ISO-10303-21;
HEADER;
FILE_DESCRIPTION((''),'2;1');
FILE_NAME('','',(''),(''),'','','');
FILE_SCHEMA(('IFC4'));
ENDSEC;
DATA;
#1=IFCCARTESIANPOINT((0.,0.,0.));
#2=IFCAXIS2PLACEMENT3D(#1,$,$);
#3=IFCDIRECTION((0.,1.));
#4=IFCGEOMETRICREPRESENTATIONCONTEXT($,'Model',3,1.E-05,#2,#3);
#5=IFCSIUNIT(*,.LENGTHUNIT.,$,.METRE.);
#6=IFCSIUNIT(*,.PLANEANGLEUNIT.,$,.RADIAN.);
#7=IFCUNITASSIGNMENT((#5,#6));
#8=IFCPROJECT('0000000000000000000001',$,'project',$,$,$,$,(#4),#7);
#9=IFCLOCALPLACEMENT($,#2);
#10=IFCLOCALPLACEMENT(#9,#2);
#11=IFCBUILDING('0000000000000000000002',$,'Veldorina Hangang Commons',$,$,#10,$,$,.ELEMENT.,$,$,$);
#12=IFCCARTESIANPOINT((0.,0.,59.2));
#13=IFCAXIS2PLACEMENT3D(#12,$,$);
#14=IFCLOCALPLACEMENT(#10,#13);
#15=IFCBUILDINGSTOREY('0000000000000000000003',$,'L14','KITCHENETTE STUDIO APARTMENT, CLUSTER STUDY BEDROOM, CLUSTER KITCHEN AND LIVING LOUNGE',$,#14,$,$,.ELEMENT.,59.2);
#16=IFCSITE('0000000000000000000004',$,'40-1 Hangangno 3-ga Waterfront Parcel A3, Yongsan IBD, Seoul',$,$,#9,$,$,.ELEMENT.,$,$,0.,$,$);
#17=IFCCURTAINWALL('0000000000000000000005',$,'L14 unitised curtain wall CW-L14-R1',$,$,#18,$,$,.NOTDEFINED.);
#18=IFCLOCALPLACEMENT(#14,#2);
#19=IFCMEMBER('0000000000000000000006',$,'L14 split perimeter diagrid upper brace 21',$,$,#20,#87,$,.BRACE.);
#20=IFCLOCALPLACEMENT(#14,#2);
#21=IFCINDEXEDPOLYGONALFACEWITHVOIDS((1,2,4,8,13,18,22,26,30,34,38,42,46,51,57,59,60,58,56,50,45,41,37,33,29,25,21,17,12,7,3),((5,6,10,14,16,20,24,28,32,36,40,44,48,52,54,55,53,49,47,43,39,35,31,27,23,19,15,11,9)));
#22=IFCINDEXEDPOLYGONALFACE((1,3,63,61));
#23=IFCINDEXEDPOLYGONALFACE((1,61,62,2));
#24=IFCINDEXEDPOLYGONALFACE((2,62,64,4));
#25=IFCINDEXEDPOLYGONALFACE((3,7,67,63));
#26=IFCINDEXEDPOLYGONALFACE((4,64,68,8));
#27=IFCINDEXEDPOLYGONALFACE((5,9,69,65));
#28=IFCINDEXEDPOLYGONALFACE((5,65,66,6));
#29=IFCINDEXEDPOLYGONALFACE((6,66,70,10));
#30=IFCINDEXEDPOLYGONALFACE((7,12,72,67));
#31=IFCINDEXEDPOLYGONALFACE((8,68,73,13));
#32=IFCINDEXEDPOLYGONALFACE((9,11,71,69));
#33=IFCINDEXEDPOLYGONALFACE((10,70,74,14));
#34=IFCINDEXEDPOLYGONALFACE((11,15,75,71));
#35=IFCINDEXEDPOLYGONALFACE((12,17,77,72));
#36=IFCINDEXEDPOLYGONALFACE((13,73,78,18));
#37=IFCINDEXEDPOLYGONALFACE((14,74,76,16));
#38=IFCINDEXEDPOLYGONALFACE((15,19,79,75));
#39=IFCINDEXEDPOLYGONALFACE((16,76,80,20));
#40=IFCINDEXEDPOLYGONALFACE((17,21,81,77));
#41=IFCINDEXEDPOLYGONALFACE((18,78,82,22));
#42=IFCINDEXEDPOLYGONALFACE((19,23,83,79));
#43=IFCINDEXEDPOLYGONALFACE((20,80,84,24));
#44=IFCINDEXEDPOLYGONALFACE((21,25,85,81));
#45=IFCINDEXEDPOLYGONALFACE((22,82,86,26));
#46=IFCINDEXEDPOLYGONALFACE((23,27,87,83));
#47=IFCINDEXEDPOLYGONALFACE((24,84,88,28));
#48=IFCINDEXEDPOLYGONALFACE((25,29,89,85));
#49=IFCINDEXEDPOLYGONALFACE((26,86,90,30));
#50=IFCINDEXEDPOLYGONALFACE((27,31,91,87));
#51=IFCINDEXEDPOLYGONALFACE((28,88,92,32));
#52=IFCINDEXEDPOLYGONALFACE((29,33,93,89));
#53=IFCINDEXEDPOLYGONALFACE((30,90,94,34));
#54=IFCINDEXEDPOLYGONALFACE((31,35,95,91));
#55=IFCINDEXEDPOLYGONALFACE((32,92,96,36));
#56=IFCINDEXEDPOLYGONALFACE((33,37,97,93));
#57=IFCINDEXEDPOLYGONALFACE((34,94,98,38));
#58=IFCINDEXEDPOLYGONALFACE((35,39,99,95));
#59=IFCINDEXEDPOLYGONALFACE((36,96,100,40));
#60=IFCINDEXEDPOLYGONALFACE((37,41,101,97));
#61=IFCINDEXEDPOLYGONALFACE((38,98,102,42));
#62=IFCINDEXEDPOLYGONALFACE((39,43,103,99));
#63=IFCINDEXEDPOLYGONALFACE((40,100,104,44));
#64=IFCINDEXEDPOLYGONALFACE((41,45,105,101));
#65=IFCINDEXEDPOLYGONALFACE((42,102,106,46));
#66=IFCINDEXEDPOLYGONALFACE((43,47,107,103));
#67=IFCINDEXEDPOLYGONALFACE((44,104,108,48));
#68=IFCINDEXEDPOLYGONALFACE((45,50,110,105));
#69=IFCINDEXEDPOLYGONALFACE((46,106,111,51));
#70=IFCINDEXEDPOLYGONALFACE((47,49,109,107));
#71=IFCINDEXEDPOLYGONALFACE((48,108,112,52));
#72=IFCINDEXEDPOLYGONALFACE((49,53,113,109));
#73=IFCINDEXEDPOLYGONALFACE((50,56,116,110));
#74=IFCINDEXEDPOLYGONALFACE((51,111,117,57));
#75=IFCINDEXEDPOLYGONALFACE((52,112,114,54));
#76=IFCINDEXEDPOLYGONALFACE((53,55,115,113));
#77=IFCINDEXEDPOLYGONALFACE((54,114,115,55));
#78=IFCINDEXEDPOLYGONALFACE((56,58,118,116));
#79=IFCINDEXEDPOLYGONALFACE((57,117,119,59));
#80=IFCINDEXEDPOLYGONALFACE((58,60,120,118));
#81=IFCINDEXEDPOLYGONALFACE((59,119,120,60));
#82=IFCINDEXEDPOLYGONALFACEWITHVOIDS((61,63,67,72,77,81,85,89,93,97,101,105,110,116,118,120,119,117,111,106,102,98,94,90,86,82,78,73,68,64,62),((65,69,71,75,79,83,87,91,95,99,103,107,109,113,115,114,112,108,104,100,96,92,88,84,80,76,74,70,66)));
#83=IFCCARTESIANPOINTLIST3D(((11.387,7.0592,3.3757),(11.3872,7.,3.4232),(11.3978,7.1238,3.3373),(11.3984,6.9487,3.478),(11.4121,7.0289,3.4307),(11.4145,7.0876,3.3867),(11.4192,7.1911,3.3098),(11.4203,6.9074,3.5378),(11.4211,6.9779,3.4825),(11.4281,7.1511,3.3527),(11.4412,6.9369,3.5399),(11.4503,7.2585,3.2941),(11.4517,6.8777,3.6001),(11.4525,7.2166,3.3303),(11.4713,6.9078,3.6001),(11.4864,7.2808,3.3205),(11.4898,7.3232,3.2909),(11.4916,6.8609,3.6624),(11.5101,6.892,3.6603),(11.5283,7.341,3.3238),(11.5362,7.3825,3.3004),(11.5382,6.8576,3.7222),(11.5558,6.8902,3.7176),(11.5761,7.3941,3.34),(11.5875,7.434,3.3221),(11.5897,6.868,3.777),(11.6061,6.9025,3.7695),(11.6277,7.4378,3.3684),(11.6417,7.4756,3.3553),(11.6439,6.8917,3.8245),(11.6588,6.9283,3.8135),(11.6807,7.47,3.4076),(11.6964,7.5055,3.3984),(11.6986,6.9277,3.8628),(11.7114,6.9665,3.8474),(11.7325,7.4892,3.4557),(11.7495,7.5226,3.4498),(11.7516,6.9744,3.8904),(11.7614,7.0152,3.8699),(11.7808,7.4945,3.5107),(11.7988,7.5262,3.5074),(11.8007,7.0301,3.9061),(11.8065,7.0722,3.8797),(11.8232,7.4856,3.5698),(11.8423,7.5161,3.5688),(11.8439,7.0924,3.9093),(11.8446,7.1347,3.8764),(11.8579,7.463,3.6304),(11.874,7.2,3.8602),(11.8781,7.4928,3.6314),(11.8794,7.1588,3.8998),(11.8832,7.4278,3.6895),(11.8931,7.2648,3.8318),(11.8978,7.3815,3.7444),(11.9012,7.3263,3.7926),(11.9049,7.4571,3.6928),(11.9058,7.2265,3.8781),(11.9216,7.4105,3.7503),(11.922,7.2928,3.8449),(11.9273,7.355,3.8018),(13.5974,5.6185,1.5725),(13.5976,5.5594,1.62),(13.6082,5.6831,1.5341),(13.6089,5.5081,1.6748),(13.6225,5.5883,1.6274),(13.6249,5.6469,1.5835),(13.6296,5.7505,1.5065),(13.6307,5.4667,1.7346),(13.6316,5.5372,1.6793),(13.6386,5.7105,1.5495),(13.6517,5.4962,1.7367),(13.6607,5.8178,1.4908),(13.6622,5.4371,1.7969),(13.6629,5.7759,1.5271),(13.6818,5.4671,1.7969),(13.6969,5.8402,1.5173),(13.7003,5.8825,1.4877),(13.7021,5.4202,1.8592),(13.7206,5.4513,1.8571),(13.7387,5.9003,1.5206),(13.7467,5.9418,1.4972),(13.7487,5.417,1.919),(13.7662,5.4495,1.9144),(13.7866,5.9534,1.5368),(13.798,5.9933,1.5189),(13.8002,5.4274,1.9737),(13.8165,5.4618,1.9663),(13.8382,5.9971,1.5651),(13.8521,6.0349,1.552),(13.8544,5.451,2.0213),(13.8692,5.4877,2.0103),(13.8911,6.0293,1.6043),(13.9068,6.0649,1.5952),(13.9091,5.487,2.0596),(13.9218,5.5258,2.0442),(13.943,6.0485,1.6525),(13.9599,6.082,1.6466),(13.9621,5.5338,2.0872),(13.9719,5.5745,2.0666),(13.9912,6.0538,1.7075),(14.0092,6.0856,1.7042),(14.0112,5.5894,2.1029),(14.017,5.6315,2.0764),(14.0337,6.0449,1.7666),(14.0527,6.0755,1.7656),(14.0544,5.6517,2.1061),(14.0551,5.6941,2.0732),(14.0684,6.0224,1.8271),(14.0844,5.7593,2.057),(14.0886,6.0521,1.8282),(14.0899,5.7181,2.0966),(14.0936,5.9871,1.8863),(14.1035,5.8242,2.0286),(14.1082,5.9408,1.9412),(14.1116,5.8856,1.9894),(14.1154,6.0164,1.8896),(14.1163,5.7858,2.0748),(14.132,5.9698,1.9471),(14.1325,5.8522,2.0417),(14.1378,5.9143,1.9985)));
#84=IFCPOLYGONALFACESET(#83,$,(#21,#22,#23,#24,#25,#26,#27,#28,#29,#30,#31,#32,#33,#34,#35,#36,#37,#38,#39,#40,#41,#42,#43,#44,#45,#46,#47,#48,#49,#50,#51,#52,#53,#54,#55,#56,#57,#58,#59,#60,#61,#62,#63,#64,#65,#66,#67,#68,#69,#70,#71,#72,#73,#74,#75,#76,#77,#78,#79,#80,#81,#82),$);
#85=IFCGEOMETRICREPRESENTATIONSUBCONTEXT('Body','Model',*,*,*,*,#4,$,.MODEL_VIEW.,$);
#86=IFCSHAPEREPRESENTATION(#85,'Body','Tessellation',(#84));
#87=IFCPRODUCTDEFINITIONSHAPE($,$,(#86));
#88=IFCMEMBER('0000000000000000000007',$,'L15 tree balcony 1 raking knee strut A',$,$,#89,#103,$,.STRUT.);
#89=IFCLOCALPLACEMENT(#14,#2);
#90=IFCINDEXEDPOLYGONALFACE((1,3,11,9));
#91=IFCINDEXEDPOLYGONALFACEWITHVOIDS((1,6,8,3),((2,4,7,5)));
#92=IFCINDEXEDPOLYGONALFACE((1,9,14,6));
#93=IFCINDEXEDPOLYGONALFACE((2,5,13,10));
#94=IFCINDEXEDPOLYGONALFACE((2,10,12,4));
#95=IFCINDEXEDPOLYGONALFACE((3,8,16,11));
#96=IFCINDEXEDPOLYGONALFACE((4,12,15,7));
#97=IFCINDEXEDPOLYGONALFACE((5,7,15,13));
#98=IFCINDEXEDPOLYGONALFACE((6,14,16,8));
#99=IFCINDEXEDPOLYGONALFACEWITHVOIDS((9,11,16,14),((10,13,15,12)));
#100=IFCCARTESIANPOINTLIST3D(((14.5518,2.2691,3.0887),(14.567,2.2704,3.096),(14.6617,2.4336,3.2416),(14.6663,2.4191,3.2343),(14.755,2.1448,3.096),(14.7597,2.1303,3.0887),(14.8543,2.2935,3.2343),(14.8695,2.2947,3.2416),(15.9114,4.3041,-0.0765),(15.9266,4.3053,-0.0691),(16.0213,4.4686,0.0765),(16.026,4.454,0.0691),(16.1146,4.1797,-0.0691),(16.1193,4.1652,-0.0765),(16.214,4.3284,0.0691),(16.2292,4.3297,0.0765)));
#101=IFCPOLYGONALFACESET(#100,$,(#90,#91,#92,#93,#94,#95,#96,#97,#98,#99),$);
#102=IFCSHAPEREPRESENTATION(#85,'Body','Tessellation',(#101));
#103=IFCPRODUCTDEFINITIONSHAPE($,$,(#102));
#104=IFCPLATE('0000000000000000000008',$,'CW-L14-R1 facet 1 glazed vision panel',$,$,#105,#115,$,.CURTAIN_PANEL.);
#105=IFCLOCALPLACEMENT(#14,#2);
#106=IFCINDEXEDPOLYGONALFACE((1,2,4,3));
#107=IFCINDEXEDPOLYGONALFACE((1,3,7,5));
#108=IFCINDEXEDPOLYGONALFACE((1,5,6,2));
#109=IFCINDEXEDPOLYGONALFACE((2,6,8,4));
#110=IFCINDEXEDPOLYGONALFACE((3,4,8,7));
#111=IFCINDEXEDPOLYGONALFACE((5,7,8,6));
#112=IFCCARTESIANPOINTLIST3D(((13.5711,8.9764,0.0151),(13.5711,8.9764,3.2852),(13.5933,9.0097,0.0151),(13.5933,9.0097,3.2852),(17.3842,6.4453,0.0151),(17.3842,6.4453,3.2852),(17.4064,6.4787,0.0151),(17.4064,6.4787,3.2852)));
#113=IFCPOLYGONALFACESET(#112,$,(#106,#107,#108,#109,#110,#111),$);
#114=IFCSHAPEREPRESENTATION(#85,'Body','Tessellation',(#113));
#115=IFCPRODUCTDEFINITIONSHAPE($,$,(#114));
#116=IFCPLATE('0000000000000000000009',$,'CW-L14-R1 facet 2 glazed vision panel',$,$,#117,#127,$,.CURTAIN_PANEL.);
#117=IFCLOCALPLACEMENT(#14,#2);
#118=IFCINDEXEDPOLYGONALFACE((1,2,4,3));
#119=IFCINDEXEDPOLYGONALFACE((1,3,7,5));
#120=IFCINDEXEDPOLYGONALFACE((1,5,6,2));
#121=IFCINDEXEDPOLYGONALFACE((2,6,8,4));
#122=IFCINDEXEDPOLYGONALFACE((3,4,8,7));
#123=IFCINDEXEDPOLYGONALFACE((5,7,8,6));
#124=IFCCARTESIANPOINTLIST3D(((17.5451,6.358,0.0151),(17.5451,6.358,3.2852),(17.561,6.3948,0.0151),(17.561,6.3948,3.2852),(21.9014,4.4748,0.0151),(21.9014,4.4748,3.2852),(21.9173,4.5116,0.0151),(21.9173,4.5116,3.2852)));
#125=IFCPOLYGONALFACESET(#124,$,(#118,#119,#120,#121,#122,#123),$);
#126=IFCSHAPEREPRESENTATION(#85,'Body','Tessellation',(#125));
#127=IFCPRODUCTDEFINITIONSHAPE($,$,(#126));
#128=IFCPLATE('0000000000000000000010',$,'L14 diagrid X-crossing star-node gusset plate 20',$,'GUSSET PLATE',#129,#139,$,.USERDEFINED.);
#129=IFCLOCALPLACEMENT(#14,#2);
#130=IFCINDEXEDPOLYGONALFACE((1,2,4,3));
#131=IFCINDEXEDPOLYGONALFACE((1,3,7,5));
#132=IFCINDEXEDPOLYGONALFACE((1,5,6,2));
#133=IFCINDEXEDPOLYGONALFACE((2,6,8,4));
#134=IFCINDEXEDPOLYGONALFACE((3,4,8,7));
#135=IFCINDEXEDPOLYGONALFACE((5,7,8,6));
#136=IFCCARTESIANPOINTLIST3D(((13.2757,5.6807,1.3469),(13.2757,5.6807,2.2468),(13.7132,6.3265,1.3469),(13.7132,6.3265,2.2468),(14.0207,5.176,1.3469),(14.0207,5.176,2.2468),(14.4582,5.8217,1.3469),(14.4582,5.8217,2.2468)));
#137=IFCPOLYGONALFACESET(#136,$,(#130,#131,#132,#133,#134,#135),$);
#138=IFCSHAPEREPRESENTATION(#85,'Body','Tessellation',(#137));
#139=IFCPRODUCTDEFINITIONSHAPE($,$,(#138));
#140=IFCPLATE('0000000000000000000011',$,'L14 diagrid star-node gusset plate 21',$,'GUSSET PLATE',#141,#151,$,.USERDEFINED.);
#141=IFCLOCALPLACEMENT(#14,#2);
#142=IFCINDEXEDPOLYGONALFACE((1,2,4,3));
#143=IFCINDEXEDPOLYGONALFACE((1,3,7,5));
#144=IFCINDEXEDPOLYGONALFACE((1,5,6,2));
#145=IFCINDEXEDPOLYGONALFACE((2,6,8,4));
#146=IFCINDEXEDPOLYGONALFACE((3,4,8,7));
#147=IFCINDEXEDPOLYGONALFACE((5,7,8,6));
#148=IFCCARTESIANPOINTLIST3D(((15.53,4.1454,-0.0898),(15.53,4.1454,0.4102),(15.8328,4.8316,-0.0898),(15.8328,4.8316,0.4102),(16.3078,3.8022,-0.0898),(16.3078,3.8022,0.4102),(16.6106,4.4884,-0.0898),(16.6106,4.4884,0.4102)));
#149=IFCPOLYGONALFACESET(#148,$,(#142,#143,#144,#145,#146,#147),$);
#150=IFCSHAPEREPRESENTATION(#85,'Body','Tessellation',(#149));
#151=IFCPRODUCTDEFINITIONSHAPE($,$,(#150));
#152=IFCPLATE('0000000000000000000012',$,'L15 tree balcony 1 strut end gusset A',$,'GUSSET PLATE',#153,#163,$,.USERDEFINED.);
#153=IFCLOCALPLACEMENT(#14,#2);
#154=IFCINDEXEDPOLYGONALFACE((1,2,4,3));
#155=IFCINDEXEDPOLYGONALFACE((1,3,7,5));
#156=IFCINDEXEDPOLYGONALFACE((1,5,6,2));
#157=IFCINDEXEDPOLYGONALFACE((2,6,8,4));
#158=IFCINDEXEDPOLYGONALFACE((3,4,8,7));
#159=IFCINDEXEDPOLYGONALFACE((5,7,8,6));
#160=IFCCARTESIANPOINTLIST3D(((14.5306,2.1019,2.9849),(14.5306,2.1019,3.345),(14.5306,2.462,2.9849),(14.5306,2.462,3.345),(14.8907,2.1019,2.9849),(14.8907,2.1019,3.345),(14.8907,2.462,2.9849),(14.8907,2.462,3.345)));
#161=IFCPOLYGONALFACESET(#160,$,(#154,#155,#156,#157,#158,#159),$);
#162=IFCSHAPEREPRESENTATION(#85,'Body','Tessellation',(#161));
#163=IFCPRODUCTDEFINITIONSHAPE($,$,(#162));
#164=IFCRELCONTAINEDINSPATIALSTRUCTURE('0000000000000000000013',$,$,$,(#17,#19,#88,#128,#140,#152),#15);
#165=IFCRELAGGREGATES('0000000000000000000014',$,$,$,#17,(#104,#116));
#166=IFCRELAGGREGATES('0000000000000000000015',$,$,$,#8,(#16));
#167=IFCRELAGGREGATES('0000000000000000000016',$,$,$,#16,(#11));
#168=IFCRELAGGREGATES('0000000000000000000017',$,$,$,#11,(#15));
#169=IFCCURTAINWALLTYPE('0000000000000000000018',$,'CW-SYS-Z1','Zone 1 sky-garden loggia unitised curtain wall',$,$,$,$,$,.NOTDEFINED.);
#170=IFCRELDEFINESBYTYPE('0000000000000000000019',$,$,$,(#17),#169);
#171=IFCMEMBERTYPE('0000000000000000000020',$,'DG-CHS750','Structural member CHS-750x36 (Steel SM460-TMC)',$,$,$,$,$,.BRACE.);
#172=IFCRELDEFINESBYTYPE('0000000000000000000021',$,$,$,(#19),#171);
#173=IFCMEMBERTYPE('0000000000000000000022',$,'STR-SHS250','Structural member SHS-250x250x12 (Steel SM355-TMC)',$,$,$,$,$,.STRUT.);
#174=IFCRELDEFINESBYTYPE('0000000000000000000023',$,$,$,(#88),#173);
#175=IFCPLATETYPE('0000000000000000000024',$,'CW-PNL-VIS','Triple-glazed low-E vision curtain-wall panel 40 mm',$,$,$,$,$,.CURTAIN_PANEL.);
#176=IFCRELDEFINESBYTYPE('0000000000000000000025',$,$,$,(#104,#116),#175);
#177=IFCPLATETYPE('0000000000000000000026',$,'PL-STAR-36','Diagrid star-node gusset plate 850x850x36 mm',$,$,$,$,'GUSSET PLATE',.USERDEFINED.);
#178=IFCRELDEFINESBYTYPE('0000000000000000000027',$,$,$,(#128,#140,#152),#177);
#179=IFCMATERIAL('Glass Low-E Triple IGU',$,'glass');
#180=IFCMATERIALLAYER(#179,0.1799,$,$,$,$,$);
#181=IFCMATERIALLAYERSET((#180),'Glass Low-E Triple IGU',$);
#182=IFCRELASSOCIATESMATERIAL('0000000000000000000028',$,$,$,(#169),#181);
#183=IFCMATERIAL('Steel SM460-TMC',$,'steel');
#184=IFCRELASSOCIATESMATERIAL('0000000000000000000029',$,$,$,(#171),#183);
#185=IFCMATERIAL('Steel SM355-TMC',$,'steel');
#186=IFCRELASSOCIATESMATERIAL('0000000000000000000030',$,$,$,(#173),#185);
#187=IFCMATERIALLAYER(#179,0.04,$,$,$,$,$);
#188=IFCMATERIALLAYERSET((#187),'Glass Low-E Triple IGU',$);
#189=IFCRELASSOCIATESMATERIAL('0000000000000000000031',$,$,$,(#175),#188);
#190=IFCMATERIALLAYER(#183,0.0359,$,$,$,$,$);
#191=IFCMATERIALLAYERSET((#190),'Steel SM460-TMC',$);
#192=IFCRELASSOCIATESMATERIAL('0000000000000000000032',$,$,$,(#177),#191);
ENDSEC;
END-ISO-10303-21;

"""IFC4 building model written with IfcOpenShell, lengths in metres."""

from ifc_helpers import new_model, si_unit, direction, frame, origin, origin_2d, place, context, subcontext, project, spatial, rectangle, hollow_rectangle, hollow_circle, extrude, material, layer, layer_set, material_profile, profile_set, type_object, element, aggregate, save


model = new_model("IFC4")

# Units and contexts
model_context = context("Model", 3, precision=1e-05, world=origin(), true_north=direction((0.0, 1.0)))
body_context = subcontext(model_context, "Body", "Model", "MODEL_VIEW")
ifc_project = project(units=[si_unit("LENGTHUNIT", "METRE"), si_unit("PLANEANGLEUNIT", "RADIAN")], contexts=[model_context])

# Site, building, storey
site_placement = place(None, origin())
site = spatial("IfcSite", under=ifc_project, at=site_placement, Name="40-1 Hangangno 3-ga Waterfront Parcel A3, Yongsan IBD, Seoul", CompositionType="ELEMENT", RefElevation=0.0)
building_placement = place(site_placement, origin())
building = spatial("IfcBuilding", under=site, at=building_placement, Name="Veldorina Hangang Commons", CompositionType="ELEMENT")
storey_placement = place(building_placement, frame((0.0, 0.0, 59.2)))
storey = spatial("IfcBuildingStorey", under=building, at=storey_placement, Name="L14", Description="KITCHENETTE STUDIO APARTMENT, CLUSTER STUDY BEDROOM, CLUSTER KITCHEN AND LIVING LOUNGE", CompositionType="ELEMENT", Elevation=59.2)

# Shared definitions
ifc_material_1 = material(Name="Steel SM355-TMC", Category="steel")
ifc_material_2 = material(Name="Steel SM460-TMC", Category="steel")

# Curtain wall
ifc_material_3 = material(Name="Glass Low-E Triple IGU", Category="glass")
ifc_layer_1 = layer(ifc_material_3, 0.1799)
ifc_layer_set_1 = layer_set([ifc_layer_1], Name="Glass Low-E Triple IGU")
curtain_wall_type = type_object("IfcCurtainWallType", Name="CW-SYS-Z1", Description="Zone 1 sky-garden loggia unitised curtain wall", PredefinedType="NOTDEFINED", material=ifc_layer_set_1)
curtain_wall_placement = place(storey_placement, origin())
curtain_wall = element("IfcCurtainWall", 1, at=curtain_wall_placement, inside=storey, type_object=curtain_wall_type, Name="L14 unitised curtain wall CW-L14-R1", PredefinedType="NOTDEFINED")

# Members
ifc_material_profile_1 = material_profile(ifc_material_2, hollow_circle(Radius=0.375, WallThickness=0.0359, at=origin_2d()), Name="CHS-750x36")
ifc_profile_set_1 = profile_set([ifc_material_profile_1], Name="Steel SM460-TMC")
member_type_1 = type_object("IfcMemberType", Name="DG-CHS750", Description="Structural member CHS-750x36 (Steel SM460-TMC)", PredefinedType="BRACE", material=ifc_profile_set_1)
member_1_placement = place(storey_placement, frame((13.8669, 5.7512, 1.7969), z_axis=(-0.69167, 0.4508, 0.564245), x_axis=(-0.546022, -0.837771, 0.0)))
element("IfcMember", 2, at=member_1_placement, inside=storey, type_object=member_type_1, Name="L14 split perimeter diagrid upper brace 21", PredefinedType="BRACE", context=body_context, shape_type="SweptSolid", body=[
    extrude(hollow_circle(Radius=0.375, WallThickness=0.0359, at=origin_2d()), origin(), (0.0, 0.0, 1.0), 3.1958),
])
ifc_material_profile_2 = material_profile(ifc_material_1, hollow_rectangle(XDim=0.25, YDim=0.25, WallThickness=0.012, at=origin_2d()), Name="SHS-250x250x12")
ifc_profile_set_2 = profile_set([ifc_material_profile_2], Name="Steel SM355-TMC")
member_type_2 = type_object("IfcMemberType", Name="STR-SHS250", Description="Structural member SHS-250x250x12 (Steel SM355-TMC)", PredefinedType="STRUT", material=ifc_profile_set_2)
member_2_placement = place(storey_placement, frame((16.0703, 4.3169, 0.0), z_axis=(-0.339831, -0.508618, 0.791089), x_axis=(0.831482, -0.555552, 0.0)))
element("IfcMember", 3, at=member_2_placement, inside=storey, type_object=member_type_2, Name="L15 tree balcony 1 raking knee strut A", PredefinedType="STRUT", context=body_context, shape_type="SweptSolid", body=[
    extrude(hollow_rectangle(XDim=0.25, YDim=0.25, WallThickness=0.012, at=origin_2d()), origin(), (0.0, 0.0, 1.0), 4.001),
])

# Plates
ifc_layer_2 = layer(ifc_material_3, 0.04)
ifc_layer_set_2 = layer_set([ifc_layer_2], Name="Glass Low-E Triple IGU")
plate_type_1 = type_object("IfcPlateType", Name="CW-PNL-VIS", Description="Triple-glazed low-E vision curtain-wall panel 40 mm", PredefinedType="CURTAIN_PANEL", material=ifc_layer_set_2)
plate_1_placement = place(storey_placement, frame((15.4888, 7.7275, 0.0151), z_axis=(0.0, 0.0, 1.0), x_axis=(0.833163, -0.553028, 0.0)))
plate_1 = element("IfcPlate", 4, at=plate_1_placement, type_object=plate_type_1, Name="CW-L14-R1 facet 1 glazed vision panel", PredefinedType="CURTAIN_PANEL", context=body_context, shape_type="SweptSolid", body=[
    extrude(rectangle(XDim=4.5767, YDim=0.04, at=origin_2d()), origin(), (0.0, 0.0, 1.0), 3.27),
])
plate_2_placement = place(storey_placement, frame((19.7312, 5.4348, 0.0151), z_axis=(0.0, 0.0, 1.0), x_axis=(0.9179, -0.396811, 0.0)))
plate_2 = element("IfcPlate", 5, at=plate_2_placement, type_object=plate_type_1, Name="CW-L14-R1 facet 2 glazed vision panel", PredefinedType="CURTAIN_PANEL", context=body_context, shape_type="SweptSolid", body=[
    extrude(rectangle(XDim=4.7458, YDim=0.04, at=origin_2d()), origin(), (0.0, 0.0, 1.0), 3.27),
])
aggregate(curtain_wall, [plate_1, plate_2])

# Plates
ifc_layer_3 = layer(ifc_material_2, 0.0359)
ifc_layer_set_3 = layer_set([ifc_layer_3], Name="Steel SM460-TMC")
plate_type_2 = type_object("IfcPlateType", Name="PL-STAR-36", Description="Diagrid star-node gusset plate 850x850x36 mm", ElementType="GUSSET PLATE", PredefinedType="USERDEFINED", material=ifc_layer_set_3)
plate_3_placement = place(storey_placement, frame((13.8669, 5.7512, 1.3469), z_axis=(0.0, 0.0, 1.0), x_axis=(0.827865, -0.560928, 0.0)))
element("IfcPlate", 6, at=plate_3_placement, inside=storey, type_object=plate_type_2, Name="L14 diagrid X-crossing star-node gusset plate 20", ObjectType="GUSSET PLATE", PredefinedType="USERDEFINED", context=body_context, shape_type="SweptSolid", body=[
    extrude(rectangle(XDim=0.8999, YDim=0.78, at=origin_2d()), origin(), (0.0, 0.0, 1.0), 0.8999),
])
plate_4_placement = place(storey_placement, frame((16.0703, 4.3169, -0.0898), z_axis=(0.0, 0.0, 1.0), x_axis=(0.914875, -0.403737, 0.0)))
element("IfcPlate", 7, at=plate_4_placement, inside=storey, type_object=plate_type_2, Name="L14 diagrid star-node gusset plate 21", ObjectType="GUSSET PLATE", PredefinedType="USERDEFINED", context=body_context, shape_type="SweptSolid", body=[
    extrude(rectangle(XDim=0.8501, YDim=0.75, at=origin_2d()), origin(), (0.0, 0.0, 1.0), 0.5),
])
plate_5_placement = place(storey_placement, frame((14.7107, 2.282, 2.9849), z_axis=(0.0, 0.0, 1.0), x_axis=(1.0, 0.0, 0.0)))
element("IfcPlate", 8, at=plate_5_placement, inside=storey, type_object=plate_type_2, Name="L15 tree balcony 1 strut end gusset A", ObjectType="GUSSET PLATE", PredefinedType="USERDEFINED", context=body_context, shape_type="SweptSolid", body=[
    extrude(rectangle(XDim=0.3601, YDim=0.3601, at=origin_2d()), origin(), (0.0, 0.0, 1.0), 0.3601),
])

save(model, "model.ifc")
